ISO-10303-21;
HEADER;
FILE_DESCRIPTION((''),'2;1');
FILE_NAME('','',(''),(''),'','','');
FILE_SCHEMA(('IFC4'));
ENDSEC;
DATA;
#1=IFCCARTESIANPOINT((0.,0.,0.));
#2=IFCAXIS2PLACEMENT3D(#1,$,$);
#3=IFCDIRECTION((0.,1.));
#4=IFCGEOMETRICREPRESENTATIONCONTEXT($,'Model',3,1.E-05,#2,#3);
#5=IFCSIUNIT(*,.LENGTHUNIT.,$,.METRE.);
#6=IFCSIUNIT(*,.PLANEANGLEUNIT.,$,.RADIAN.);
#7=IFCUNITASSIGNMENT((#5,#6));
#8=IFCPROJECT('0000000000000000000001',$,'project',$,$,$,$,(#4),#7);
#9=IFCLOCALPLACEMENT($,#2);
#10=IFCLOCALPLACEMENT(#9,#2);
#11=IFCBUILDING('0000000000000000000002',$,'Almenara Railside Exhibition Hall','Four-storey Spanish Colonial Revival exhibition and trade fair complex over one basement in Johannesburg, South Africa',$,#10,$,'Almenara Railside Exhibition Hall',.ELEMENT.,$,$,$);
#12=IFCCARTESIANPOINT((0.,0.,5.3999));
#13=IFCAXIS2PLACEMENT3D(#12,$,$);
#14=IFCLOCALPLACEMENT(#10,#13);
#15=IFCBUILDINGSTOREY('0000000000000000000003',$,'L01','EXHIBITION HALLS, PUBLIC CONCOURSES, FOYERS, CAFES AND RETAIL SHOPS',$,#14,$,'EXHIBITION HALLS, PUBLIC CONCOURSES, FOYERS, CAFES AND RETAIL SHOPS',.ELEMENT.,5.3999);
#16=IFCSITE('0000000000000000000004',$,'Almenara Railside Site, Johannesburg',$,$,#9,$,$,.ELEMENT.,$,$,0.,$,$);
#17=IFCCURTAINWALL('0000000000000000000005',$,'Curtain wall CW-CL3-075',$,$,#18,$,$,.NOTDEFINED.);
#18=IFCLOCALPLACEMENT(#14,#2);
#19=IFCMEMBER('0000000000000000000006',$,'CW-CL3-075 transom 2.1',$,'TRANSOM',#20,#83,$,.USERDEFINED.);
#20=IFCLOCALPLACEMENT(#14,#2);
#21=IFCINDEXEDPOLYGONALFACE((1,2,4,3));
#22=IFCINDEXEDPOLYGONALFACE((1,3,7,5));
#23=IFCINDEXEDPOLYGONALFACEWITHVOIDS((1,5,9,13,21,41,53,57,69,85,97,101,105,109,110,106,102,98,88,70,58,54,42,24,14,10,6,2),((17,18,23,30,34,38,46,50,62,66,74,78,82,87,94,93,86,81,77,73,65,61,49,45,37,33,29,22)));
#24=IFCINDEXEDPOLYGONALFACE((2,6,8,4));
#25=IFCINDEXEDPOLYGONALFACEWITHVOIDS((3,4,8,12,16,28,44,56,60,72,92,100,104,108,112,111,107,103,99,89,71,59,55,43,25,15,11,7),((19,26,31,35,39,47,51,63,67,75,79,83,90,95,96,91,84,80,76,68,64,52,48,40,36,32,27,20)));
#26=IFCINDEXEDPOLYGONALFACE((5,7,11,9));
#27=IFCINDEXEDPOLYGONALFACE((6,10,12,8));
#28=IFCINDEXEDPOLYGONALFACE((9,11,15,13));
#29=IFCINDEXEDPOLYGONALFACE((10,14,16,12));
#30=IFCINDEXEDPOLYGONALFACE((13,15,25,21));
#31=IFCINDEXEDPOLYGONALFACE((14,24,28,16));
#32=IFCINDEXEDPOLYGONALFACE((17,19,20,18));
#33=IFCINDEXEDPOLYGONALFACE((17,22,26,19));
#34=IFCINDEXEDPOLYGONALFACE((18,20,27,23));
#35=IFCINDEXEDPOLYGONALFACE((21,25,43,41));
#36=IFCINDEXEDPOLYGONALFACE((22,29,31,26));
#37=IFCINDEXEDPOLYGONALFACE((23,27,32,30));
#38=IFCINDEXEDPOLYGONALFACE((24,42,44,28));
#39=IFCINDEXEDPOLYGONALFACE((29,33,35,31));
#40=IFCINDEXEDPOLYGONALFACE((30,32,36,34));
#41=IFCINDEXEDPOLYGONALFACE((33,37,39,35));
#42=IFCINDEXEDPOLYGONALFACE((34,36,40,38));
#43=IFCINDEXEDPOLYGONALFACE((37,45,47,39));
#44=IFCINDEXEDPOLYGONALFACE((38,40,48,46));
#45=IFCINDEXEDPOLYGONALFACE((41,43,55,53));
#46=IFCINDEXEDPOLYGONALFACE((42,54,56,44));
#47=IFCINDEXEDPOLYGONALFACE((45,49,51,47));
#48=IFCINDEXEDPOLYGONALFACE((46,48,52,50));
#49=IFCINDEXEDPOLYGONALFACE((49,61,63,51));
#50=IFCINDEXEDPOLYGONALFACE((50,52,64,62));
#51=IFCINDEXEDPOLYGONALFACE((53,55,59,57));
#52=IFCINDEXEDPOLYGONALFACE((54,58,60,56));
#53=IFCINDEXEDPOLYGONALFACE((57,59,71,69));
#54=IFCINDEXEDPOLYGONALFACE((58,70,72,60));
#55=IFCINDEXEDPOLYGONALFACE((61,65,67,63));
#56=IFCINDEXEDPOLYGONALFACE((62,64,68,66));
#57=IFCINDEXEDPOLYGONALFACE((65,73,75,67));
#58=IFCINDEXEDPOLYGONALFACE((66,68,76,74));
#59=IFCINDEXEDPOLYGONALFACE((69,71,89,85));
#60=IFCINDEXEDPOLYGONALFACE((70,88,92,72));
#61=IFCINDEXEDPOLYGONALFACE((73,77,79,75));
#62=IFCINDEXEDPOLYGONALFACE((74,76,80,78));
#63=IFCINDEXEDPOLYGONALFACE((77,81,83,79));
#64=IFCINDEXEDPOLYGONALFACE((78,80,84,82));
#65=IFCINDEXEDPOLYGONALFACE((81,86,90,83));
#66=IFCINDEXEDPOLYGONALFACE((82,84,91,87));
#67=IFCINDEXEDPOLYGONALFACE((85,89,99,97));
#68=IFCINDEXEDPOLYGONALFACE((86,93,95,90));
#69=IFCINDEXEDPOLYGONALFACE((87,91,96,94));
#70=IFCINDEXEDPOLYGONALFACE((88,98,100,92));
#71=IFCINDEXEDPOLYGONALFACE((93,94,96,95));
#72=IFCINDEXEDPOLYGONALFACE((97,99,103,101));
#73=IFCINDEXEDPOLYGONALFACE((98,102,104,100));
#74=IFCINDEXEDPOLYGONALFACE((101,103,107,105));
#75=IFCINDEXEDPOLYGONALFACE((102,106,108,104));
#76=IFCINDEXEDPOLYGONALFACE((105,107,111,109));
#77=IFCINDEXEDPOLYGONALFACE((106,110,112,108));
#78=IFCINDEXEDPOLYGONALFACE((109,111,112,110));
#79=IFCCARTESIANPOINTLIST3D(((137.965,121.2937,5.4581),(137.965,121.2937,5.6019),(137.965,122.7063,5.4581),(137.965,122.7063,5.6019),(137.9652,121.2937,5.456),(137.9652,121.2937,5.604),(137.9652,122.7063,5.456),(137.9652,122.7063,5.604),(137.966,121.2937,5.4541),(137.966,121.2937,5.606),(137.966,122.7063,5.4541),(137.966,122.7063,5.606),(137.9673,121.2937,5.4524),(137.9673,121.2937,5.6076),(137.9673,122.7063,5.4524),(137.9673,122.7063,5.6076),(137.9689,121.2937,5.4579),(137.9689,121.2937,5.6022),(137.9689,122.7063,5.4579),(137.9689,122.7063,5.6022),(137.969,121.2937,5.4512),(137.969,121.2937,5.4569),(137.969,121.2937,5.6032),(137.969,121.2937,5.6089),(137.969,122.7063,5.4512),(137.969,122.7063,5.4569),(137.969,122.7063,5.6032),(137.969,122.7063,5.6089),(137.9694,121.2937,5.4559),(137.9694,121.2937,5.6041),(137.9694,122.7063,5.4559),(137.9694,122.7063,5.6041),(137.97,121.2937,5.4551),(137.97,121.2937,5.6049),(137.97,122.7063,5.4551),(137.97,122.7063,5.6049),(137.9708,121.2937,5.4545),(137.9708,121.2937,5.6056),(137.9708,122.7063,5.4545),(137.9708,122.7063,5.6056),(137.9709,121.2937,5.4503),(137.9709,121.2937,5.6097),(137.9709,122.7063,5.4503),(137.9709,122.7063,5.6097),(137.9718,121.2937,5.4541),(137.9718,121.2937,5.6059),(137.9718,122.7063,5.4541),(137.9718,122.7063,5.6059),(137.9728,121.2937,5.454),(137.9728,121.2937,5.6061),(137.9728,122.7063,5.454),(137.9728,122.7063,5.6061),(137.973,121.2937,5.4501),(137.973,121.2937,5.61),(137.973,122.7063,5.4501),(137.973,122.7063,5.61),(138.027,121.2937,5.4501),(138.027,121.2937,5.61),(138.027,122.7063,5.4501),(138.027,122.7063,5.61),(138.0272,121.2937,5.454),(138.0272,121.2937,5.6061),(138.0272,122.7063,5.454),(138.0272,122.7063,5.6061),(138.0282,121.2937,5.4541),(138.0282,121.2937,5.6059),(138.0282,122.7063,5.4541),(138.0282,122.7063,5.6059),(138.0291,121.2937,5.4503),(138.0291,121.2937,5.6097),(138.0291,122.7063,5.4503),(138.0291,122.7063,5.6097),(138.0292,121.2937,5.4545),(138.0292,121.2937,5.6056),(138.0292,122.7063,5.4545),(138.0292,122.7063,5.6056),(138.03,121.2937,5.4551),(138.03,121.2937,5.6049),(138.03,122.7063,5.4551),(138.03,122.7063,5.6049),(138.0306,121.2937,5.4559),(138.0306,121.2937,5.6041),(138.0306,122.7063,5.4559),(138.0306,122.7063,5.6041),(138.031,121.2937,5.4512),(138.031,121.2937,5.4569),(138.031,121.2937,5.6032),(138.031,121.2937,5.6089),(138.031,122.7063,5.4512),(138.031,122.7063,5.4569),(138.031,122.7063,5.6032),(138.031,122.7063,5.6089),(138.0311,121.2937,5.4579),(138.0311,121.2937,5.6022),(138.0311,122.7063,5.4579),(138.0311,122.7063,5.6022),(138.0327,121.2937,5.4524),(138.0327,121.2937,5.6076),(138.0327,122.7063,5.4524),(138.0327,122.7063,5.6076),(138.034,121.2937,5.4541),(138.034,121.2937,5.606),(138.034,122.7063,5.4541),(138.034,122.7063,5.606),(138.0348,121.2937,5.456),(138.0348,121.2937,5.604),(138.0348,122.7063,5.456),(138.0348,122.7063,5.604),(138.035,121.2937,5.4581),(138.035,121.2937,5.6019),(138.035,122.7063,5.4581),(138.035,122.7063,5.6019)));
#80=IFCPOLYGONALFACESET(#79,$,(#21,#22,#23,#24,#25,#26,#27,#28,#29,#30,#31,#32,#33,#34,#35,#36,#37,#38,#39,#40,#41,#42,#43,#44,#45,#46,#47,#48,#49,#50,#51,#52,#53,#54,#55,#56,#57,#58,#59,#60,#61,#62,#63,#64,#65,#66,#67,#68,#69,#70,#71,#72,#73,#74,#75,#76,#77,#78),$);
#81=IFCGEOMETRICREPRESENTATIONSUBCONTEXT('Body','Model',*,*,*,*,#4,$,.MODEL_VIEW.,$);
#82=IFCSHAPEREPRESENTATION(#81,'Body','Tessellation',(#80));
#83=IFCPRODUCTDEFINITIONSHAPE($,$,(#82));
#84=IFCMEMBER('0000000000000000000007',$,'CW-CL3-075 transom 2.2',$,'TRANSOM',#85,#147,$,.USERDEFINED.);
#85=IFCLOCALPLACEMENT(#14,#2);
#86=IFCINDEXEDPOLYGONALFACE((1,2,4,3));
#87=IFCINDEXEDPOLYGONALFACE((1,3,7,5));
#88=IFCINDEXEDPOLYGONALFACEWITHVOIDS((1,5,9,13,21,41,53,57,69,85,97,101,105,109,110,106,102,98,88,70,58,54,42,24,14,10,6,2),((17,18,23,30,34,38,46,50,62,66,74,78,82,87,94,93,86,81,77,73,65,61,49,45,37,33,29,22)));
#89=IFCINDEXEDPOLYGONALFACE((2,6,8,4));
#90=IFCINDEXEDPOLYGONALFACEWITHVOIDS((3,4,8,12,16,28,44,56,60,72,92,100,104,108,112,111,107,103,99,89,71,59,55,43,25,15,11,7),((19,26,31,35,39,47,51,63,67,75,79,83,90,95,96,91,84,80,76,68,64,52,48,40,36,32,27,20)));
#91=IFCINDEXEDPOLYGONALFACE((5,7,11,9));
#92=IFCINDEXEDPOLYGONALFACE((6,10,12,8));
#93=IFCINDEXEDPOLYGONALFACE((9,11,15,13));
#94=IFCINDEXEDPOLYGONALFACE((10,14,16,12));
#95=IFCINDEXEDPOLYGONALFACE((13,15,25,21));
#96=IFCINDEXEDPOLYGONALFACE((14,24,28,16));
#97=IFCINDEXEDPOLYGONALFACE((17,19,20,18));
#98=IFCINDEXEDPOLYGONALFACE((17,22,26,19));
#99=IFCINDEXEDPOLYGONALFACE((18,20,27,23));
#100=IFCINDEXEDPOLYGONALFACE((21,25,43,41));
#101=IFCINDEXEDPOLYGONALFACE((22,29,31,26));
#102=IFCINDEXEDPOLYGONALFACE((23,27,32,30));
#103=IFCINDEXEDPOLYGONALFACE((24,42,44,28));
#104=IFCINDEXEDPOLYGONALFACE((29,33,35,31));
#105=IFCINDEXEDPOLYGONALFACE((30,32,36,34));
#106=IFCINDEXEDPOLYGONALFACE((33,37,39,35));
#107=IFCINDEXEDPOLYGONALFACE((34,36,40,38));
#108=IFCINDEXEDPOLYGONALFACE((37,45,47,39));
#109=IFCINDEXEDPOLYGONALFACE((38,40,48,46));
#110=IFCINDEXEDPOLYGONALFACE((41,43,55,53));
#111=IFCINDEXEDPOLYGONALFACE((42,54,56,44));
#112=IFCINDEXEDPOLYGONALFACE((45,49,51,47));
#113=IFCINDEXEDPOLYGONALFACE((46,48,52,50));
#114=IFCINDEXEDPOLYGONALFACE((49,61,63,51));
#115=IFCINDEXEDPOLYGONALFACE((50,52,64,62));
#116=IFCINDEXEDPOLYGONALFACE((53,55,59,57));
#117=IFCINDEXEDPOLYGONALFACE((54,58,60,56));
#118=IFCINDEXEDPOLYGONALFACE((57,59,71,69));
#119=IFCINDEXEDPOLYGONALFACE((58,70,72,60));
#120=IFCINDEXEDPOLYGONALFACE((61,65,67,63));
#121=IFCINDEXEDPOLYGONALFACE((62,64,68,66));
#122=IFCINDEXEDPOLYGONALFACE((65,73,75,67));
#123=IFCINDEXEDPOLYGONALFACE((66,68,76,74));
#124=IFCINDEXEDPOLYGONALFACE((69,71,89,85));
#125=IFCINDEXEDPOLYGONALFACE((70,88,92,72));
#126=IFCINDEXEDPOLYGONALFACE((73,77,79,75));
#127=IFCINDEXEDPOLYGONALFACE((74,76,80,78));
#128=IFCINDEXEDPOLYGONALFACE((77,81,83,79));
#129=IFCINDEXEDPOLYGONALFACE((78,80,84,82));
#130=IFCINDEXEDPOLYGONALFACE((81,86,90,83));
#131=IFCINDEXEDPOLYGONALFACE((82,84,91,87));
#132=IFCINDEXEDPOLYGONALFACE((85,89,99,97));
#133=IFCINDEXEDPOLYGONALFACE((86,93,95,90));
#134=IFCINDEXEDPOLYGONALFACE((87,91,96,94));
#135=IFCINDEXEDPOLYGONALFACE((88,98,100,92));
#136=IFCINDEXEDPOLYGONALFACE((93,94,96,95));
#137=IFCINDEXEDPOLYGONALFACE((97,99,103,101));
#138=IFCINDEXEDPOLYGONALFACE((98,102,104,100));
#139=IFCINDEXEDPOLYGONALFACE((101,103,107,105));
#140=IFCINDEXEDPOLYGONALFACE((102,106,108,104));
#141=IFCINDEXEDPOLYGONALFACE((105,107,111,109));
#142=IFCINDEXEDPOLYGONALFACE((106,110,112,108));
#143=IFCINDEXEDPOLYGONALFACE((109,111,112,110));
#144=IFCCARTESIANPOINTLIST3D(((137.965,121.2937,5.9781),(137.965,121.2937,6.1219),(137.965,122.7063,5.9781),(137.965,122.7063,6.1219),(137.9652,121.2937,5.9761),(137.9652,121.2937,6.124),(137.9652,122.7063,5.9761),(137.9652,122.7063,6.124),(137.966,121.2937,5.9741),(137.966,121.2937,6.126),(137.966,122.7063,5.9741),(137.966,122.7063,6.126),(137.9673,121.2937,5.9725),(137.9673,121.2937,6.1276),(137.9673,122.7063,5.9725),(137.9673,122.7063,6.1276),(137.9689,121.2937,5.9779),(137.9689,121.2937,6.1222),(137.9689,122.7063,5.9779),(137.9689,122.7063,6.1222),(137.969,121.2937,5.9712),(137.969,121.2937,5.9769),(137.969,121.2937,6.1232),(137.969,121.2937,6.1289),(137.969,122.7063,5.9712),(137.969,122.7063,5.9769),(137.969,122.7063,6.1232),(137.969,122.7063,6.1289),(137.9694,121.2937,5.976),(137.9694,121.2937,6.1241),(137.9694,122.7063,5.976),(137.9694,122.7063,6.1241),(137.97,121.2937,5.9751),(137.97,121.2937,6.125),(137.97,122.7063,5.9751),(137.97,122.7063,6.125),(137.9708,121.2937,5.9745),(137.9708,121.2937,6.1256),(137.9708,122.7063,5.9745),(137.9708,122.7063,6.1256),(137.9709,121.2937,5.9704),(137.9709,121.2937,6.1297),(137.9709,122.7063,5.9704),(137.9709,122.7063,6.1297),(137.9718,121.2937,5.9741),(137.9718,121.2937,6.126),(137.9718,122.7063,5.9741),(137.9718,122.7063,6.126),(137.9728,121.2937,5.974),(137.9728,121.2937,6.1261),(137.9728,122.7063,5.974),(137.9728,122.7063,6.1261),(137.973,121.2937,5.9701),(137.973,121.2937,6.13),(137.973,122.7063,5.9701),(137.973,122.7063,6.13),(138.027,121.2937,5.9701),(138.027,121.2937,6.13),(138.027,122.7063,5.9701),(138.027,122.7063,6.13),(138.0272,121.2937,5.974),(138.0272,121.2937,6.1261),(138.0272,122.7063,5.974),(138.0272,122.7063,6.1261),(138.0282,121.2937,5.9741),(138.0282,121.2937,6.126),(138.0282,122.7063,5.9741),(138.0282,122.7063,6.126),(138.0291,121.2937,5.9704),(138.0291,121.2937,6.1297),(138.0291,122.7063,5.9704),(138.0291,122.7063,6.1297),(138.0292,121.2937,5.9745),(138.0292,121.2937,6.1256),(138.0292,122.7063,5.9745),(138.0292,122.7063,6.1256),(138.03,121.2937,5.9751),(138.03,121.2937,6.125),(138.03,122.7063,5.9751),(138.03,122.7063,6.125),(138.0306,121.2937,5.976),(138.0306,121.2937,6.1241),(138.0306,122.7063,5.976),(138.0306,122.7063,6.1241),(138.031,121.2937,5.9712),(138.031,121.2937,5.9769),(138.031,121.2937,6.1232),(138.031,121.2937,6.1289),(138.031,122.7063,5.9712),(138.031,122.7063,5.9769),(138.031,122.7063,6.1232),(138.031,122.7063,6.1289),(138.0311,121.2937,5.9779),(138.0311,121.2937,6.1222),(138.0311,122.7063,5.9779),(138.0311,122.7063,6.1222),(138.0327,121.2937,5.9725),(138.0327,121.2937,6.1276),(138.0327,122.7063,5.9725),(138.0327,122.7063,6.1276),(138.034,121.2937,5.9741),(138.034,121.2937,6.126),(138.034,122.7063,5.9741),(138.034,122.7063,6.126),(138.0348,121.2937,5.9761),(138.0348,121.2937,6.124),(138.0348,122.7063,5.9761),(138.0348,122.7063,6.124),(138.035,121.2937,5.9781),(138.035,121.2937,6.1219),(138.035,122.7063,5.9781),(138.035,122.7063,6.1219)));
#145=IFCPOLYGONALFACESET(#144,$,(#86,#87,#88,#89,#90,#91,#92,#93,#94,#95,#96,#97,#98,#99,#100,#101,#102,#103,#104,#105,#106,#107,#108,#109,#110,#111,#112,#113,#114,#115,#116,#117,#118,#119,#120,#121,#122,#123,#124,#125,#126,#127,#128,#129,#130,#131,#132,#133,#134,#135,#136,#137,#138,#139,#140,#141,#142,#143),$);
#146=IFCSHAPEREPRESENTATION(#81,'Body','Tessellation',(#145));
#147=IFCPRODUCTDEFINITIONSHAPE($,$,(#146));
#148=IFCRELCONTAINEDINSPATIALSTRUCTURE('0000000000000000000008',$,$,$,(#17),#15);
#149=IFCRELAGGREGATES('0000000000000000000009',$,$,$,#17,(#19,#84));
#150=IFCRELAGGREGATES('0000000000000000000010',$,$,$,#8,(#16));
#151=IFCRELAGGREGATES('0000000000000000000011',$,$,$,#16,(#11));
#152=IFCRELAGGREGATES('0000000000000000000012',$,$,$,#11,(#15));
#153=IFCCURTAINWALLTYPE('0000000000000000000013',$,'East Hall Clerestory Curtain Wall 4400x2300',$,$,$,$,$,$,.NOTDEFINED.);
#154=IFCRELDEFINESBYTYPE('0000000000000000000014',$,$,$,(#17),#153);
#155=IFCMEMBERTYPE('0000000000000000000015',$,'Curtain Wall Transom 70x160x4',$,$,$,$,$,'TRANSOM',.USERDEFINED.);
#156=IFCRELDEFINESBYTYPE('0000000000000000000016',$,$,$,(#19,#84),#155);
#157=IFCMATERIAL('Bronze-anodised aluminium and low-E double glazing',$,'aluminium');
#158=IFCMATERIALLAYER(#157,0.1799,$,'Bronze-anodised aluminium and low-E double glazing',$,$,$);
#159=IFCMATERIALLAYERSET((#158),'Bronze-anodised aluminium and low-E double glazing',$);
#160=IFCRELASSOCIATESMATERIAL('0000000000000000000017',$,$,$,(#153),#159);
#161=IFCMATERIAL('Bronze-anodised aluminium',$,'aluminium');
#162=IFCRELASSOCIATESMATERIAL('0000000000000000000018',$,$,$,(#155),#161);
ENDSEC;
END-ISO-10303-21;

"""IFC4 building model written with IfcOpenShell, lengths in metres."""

from ifc_helpers import new_model, si_unit, direction, frame, origin, origin_2d, place, context, subcontext, project, spatial, hollow_rectangle, extrude, material, layer, layer_set, material_profile, profile_set, type_object, element, aggregate, save


model = new_model("IFC4")

# Units and contexts
model_context = context("Model", 3, precision=1e-05, world=origin(), true_north=direction((0.0, 1.0)))
body_context = subcontext(model_context, "Body", "Model", "MODEL_VIEW")
ifc_project = project(units=[si_unit("LENGTHUNIT", "METRE"), si_unit("PLANEANGLEUNIT", "RADIAN")], contexts=[model_context])

# Site, building, storey
site_placement = place(None, origin())
site = spatial("IfcSite", under=ifc_project, at=site_placement, Name="Almenara Railside Site, Johannesburg", CompositionType="ELEMENT", RefElevation=0.0)
building_placement = place(site_placement, origin())
building = spatial("IfcBuilding", under=site, at=building_placement, Name="Almenara Railside Exhibition Hall", Description="Four-storey Spanish Colonial Revival exhibition and trade fair complex over one basement in Johannesburg, South Africa", LongName="Almenara Railside Exhibition Hall", CompositionType="ELEMENT")
storey_placement = place(building_placement, frame((0.0, 0.0, 5.3999)))
storey = spatial("IfcBuildingStorey", under=building, at=storey_placement, Name="L01", Description="EXHIBITION HALLS, PUBLIC CONCOURSES, FOYERS, CAFES AND RETAIL SHOPS", LongName="EXHIBITION HALLS, PUBLIC CONCOURSES, FOYERS, CAFES AND RETAIL SHOPS", CompositionType="ELEMENT", Elevation=5.3999)

# Shared definitions
ifc_material_1 = material(Name="Bronze-anodised aluminium and low-E double glazing", Category="aluminium")
ifc_layer_1 = layer(ifc_material_1, 0.1799, Name="Bronze-anodised aluminium and low-E double glazing")
ifc_layer_set_1 = layer_set([ifc_layer_1], Name="Bronze-anodised aluminium and low-E double glazing")
curtain_wall_type = type_object("IfcCurtainWallType", Name="East Hall Clerestory Curtain Wall 4400x2300", PredefinedType="NOTDEFINED", material=ifc_layer_set_1)
ifc_material_2 = material(Name="Bronze-anodised aluminium", Category="aluminium")

# Curtain wall
curtain_wall_1_placement = place(storey_placement, origin())
curtain_wall_1 = element("IfcCurtainWall", 1, at=curtain_wall_1_placement, inside=storey, type_object=curtain_wall_type, Name="Curtain wall CW-CL3-075", PredefinedType="NOTDEFINED")

# Members
ifc_material_profile_1 = material_profile(ifc_material_2, hollow_rectangle(XDim=0.0701, YDim=0.1599, WallThickness=0.0039, InnerFilletRadius=0.0039, OuterFilletRadius=0.0081, at=origin_2d()), Name="ALU-TRN 70x160x4")
ifc_profile_set_1 = profile_set([ifc_material_profile_1], Name="Bronze-anodised aluminium")
member_type_1 = type_object("IfcMemberType", Name="Curtain Wall Transom 70x160x4", ElementType="TRANSOM", PredefinedType="USERDEFINED", material=ifc_profile_set_1)
member_1_placement = place(storey_placement, frame((138.0, 121.2937, 5.53), z_axis=(0.0, 1.0, 0.0), x_axis=(-1.0, 0.0, 0.0)))
member_1 = element("IfcMember", 2, at=member_1_placement, type_object=member_type_1, Name="CW-CL3-075 transom 2.1", ObjectType="TRANSOM", PredefinedType="USERDEFINED", context=body_context, shape_type="SweptSolid", body=[
    extrude(hollow_rectangle(XDim=0.0701, YDim=0.1599, WallThickness=0.0039, InnerFilletRadius=0.0039, OuterFilletRadius=0.0081, at=origin_2d()), origin(), (0.0, 0.0, 1.0), 1.4126),
])
member_2_placement = place(storey_placement, frame((138.0, 121.2937, 6.05), z_axis=(0.0, 1.0, 0.0), x_axis=(-1.0, 0.0, 0.0)))
member_2 = element("IfcMember", 3, at=member_2_placement, type_object=member_type_1, Name="CW-CL3-075 transom 2.2", ObjectType="TRANSOM", PredefinedType="USERDEFINED", context=body_context, shape_type="SweptSolid", body=[
    extrude(hollow_rectangle(XDim=0.0701, YDim=0.1599, WallThickness=0.0039, InnerFilletRadius=0.0039, OuterFilletRadius=0.0081, at=origin_2d()), origin(), (0.0, 0.0, 1.0), 1.4126),
])

aggregate(curtain_wall_1, [member_1, member_2])

save(model, "model.ifc")
